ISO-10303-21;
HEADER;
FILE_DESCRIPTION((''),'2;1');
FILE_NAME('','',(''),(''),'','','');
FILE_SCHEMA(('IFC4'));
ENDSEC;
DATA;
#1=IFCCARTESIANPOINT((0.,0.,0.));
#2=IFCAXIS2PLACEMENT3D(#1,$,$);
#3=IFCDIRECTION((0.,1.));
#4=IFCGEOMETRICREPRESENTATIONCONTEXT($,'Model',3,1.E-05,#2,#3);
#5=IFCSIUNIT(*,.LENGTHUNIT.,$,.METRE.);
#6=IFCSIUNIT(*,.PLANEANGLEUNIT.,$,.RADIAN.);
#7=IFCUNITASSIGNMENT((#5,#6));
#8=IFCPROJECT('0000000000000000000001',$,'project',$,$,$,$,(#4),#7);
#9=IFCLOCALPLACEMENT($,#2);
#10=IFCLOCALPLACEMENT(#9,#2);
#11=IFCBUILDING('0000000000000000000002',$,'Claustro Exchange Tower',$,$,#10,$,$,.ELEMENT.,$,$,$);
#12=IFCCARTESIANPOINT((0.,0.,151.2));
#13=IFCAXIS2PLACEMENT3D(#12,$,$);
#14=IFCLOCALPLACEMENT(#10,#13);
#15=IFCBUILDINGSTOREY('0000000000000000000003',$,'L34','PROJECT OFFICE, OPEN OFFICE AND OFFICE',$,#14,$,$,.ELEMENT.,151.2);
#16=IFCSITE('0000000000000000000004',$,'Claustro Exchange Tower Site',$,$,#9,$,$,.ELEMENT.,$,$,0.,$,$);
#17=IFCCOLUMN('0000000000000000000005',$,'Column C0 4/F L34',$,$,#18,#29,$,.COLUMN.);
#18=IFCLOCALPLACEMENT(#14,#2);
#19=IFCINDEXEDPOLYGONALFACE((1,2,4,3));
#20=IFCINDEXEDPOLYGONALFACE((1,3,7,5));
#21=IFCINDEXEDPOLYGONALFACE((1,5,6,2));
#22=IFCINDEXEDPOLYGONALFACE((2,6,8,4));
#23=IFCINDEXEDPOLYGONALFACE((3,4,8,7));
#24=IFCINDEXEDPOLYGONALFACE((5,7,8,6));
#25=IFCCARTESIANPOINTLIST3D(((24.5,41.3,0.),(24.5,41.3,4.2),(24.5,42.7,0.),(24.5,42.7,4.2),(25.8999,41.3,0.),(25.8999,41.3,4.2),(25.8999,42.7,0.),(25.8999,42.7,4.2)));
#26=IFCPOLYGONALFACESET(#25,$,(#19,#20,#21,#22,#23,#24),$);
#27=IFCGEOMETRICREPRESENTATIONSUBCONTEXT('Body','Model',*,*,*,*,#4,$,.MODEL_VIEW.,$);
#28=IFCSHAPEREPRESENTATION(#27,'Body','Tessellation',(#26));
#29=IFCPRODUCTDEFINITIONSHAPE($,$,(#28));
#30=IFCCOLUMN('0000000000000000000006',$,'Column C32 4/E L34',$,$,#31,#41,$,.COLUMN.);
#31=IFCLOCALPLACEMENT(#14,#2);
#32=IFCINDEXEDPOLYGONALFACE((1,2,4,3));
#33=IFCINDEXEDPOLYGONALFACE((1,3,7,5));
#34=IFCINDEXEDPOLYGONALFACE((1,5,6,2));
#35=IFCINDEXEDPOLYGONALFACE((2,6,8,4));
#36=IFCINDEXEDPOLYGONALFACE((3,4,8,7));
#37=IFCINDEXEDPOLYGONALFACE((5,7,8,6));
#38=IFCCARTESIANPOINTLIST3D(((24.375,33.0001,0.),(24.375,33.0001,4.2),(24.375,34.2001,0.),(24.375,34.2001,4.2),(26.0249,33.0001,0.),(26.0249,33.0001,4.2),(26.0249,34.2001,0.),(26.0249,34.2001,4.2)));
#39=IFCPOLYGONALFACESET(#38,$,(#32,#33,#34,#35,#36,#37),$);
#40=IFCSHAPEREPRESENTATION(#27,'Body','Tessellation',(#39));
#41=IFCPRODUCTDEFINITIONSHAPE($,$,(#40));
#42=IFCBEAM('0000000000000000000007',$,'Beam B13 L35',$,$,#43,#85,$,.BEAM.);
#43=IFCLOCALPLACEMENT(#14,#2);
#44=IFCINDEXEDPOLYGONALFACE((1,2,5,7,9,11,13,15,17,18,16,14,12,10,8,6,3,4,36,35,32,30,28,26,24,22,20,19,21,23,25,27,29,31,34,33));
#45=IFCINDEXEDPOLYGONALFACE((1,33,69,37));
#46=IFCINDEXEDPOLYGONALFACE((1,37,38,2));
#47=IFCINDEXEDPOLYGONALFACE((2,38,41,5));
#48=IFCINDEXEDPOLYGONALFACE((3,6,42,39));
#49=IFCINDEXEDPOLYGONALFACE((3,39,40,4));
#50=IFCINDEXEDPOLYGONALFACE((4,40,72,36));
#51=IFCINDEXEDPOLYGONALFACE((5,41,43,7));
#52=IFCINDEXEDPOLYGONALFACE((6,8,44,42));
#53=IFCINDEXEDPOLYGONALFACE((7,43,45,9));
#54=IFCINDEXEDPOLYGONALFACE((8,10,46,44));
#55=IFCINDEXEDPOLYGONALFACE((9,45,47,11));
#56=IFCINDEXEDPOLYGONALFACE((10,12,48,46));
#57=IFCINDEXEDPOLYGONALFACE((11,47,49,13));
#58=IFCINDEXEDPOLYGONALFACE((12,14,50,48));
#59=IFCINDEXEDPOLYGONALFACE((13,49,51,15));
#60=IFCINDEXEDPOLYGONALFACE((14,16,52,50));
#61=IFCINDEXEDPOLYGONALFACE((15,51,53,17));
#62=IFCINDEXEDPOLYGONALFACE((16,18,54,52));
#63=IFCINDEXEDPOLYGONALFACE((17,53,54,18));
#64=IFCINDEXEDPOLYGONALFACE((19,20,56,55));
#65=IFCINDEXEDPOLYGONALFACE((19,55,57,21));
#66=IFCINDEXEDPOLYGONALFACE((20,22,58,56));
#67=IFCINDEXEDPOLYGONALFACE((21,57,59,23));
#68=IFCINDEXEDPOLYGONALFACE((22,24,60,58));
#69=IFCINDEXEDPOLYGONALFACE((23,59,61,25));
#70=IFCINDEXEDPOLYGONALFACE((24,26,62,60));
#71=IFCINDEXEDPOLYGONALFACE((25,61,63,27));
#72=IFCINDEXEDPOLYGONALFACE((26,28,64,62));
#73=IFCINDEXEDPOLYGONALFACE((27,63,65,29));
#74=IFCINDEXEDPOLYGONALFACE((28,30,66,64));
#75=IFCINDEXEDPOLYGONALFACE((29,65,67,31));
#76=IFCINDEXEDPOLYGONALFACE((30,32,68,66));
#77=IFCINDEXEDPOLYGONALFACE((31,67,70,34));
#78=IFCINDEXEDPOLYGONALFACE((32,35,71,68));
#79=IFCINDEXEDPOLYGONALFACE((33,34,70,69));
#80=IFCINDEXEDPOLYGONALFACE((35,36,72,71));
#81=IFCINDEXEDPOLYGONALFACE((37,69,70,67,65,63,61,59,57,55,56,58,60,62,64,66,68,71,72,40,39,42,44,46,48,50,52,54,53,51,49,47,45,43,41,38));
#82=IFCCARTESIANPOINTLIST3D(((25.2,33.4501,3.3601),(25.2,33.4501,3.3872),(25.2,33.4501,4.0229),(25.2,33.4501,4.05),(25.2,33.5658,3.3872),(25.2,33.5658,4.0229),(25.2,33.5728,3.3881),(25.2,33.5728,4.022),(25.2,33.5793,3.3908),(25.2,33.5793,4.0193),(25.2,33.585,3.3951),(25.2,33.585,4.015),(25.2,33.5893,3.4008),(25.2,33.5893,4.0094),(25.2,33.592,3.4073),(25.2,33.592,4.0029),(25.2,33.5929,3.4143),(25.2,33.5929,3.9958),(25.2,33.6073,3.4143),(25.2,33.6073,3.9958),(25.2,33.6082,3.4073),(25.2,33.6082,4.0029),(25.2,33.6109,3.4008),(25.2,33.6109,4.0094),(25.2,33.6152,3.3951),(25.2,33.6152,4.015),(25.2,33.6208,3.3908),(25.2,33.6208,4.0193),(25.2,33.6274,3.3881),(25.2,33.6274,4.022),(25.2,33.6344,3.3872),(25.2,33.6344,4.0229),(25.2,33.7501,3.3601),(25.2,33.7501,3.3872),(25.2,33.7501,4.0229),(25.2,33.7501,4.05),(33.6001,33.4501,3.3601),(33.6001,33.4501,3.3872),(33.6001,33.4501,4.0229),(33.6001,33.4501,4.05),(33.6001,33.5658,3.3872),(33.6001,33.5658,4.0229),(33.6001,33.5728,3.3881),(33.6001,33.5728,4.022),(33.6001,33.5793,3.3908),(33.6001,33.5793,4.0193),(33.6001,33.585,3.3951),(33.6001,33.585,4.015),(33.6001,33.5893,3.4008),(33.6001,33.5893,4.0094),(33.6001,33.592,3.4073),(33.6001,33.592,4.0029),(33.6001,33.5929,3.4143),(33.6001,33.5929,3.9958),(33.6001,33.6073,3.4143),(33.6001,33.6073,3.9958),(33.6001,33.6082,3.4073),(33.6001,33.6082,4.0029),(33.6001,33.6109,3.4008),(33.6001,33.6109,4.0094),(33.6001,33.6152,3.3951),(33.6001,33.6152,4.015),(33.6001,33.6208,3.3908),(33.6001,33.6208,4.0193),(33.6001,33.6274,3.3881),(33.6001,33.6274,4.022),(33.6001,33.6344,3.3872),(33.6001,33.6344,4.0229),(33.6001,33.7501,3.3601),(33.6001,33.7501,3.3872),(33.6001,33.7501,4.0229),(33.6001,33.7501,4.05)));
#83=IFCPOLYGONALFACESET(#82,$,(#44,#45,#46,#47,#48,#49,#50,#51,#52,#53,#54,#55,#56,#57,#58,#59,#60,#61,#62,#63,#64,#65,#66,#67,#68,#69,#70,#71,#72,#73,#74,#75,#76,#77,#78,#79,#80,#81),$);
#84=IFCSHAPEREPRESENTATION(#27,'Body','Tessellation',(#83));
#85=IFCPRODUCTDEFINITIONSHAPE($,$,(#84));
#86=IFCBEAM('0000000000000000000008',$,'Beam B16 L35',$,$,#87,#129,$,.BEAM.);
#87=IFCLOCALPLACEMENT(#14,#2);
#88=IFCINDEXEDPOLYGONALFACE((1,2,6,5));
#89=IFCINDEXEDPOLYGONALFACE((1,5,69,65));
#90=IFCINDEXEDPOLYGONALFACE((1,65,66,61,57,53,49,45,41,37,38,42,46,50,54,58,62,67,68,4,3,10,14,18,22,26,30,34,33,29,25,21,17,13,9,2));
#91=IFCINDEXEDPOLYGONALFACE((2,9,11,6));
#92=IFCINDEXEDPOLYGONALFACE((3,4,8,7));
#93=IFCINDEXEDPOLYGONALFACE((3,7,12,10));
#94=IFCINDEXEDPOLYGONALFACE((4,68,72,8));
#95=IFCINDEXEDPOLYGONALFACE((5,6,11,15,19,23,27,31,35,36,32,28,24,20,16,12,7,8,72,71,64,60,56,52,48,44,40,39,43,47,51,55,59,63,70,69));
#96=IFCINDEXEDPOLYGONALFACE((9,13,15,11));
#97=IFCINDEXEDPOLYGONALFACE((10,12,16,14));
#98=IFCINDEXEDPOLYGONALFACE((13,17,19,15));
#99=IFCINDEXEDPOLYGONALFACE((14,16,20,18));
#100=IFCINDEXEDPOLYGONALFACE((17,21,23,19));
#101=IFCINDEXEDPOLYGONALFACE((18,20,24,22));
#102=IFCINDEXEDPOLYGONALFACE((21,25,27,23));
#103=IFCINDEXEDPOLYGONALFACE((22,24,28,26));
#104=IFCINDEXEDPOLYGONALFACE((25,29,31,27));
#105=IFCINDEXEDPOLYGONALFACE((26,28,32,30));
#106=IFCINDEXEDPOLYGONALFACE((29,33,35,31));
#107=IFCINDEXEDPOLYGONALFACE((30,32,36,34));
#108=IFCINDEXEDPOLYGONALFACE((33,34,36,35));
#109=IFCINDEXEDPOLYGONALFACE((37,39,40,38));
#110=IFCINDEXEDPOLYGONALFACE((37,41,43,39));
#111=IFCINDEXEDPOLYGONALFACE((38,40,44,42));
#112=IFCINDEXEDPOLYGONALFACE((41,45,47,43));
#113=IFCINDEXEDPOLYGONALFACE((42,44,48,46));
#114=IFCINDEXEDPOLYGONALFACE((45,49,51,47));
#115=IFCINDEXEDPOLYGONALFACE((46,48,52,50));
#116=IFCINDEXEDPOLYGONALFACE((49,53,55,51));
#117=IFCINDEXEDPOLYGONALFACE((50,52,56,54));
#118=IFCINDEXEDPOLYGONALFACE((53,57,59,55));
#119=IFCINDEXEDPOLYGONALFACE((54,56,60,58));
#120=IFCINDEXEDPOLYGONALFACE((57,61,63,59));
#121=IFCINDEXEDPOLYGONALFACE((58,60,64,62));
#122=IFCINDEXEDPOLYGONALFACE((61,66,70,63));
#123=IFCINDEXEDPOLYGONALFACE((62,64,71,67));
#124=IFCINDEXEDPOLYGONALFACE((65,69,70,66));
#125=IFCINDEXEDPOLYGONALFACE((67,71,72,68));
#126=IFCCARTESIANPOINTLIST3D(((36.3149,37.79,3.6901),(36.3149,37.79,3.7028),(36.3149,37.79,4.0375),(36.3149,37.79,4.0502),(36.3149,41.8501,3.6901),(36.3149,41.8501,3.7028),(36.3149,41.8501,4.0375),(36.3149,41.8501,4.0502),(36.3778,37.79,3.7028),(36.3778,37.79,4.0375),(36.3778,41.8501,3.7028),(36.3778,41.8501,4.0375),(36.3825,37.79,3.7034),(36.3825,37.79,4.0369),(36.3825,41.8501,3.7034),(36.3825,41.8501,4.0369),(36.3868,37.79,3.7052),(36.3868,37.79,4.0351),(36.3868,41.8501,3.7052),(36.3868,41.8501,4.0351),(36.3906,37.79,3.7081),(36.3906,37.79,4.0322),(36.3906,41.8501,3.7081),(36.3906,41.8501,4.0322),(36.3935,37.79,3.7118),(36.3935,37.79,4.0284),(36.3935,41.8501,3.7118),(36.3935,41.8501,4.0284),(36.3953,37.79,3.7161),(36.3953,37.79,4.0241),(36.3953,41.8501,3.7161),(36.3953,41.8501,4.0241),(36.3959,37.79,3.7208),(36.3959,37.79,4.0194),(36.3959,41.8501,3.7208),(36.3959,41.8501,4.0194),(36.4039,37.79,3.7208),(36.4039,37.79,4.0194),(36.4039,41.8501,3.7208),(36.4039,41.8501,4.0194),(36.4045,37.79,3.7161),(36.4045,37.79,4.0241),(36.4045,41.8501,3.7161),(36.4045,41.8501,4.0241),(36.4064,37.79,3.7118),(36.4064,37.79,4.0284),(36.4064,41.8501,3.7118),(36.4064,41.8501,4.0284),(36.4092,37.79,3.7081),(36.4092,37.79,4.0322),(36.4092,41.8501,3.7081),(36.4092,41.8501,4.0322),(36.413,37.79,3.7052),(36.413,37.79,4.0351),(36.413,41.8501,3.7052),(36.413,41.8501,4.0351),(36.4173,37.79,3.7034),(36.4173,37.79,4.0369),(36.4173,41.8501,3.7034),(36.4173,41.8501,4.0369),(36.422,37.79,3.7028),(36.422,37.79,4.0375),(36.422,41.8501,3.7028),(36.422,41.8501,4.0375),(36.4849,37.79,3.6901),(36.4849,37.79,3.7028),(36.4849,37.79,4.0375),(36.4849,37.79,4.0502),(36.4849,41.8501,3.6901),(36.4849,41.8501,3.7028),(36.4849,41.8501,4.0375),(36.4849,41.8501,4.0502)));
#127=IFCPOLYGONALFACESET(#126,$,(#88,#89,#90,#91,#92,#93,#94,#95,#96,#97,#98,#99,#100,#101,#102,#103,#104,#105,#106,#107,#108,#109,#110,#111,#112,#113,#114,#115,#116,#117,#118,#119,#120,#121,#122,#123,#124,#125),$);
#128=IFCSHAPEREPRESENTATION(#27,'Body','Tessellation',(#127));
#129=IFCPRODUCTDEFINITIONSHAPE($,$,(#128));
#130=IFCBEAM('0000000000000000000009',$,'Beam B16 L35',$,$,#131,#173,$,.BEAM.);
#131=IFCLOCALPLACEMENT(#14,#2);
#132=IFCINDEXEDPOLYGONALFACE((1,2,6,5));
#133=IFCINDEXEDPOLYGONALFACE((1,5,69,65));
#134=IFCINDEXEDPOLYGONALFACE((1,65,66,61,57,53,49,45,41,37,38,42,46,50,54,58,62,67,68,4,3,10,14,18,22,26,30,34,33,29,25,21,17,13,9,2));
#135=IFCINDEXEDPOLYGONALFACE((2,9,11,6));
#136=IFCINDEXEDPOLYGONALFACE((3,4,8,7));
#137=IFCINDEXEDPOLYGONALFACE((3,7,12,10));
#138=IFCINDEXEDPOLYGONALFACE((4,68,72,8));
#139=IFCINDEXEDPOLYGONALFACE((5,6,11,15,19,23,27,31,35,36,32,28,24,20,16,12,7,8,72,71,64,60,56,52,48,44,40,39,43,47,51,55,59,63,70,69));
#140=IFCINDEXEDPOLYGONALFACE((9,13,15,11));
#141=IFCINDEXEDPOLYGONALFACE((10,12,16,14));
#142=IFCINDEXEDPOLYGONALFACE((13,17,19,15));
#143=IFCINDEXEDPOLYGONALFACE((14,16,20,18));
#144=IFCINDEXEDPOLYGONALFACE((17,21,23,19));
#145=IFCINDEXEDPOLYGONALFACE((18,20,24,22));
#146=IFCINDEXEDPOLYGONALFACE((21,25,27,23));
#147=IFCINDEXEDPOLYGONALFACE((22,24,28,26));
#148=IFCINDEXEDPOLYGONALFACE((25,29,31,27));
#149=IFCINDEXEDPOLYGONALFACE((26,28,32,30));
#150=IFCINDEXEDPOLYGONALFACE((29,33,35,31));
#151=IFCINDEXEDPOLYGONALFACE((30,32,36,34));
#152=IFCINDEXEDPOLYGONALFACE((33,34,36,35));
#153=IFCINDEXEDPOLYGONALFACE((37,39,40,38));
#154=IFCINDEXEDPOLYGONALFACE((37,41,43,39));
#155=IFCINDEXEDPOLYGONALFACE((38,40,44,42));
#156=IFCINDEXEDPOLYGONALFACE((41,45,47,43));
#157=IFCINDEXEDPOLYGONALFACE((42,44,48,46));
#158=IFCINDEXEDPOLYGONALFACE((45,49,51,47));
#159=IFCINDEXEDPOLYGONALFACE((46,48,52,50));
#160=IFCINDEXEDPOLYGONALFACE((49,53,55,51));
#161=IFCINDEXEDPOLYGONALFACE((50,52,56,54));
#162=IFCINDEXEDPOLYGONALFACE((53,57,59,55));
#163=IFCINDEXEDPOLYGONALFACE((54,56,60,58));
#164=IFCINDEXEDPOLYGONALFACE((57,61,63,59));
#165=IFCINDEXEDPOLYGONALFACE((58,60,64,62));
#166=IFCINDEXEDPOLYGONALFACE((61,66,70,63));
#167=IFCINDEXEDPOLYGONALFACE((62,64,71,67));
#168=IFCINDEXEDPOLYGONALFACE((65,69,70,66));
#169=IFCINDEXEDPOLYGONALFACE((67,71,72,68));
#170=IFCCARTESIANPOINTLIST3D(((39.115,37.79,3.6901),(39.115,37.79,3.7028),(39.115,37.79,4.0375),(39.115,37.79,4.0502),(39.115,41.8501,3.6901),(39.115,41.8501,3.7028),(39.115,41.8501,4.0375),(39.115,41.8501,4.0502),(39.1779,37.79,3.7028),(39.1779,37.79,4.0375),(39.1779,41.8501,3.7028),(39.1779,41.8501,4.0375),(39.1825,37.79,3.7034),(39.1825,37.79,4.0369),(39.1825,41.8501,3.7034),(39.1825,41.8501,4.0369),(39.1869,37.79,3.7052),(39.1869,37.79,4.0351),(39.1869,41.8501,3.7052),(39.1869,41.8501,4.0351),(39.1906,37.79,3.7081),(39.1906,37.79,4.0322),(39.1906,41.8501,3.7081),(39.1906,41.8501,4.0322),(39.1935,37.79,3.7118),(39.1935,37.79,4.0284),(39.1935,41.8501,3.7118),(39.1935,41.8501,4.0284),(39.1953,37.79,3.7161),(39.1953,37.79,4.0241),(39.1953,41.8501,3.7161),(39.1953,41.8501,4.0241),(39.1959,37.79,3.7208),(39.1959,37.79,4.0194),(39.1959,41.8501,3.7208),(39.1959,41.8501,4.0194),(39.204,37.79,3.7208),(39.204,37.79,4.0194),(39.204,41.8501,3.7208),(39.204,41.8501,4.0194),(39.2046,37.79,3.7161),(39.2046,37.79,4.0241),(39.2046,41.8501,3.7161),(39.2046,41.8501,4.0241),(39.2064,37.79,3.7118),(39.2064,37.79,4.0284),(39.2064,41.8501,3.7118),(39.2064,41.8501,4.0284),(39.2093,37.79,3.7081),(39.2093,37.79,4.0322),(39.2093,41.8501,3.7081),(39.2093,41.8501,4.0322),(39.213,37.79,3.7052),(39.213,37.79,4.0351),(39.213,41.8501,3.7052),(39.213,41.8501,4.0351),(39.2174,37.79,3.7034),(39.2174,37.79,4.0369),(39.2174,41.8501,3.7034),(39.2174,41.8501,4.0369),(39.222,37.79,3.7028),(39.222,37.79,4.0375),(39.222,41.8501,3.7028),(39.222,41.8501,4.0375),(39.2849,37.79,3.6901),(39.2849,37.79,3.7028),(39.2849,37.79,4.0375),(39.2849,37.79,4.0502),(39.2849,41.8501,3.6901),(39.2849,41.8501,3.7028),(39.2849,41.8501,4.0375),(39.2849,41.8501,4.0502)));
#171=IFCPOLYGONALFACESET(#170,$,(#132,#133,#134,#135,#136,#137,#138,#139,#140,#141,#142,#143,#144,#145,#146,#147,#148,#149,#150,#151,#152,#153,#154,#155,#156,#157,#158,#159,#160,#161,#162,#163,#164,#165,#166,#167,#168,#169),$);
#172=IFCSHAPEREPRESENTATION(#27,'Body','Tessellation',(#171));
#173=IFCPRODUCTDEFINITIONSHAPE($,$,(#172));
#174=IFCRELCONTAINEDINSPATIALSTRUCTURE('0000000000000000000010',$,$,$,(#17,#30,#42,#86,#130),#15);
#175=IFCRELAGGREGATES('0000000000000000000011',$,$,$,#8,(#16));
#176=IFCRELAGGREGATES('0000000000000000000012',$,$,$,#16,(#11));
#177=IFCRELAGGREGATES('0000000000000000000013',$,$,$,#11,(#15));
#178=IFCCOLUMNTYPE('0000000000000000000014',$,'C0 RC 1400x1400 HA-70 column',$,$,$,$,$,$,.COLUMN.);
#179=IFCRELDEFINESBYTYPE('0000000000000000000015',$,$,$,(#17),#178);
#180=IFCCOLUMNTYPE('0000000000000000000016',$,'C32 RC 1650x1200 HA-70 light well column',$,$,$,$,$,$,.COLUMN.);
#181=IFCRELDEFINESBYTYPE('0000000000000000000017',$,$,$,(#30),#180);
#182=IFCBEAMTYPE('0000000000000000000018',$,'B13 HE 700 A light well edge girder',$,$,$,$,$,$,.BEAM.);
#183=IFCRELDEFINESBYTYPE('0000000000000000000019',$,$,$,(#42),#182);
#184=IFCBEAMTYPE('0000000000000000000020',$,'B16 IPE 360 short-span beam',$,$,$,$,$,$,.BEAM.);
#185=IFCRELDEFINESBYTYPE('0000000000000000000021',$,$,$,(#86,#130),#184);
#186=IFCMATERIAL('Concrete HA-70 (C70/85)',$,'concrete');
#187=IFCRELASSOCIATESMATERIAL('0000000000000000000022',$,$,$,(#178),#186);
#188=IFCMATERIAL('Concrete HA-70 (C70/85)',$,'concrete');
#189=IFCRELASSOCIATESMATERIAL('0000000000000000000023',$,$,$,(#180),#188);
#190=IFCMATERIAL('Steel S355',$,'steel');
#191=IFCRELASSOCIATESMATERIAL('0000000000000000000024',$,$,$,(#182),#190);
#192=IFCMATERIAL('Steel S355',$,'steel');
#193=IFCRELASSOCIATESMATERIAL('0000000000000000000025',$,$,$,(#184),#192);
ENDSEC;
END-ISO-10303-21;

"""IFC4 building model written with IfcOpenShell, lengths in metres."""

from ifc_helpers import new_model, si_unit, direction, frame, origin, origin_2d, place, context, subcontext, project, spatial, rectangle, i_section, extrude, material, material_profile, profile_set, type_object, element, save


model = new_model("IFC4")

# Units and contexts
model_context = context("Model", 3, precision=1e-05, world=origin(), true_north=direction((0.0, 1.0)))
body_context = subcontext(model_context, "Body", "Model", "MODEL_VIEW")
ifc_project = project(units=[si_unit("LENGTHUNIT", "METRE"), si_unit("PLANEANGLEUNIT", "RADIAN")], contexts=[model_context])

# Site, building, storey
site_placement = place(None, origin())
site = spatial("IfcSite", under=ifc_project, at=site_placement, Name="Claustro Exchange Tower Site", CompositionType="ELEMENT", RefElevation=0.0)
building_placement = place(site_placement, origin())
building = spatial("IfcBuilding", under=site, at=building_placement, Name="Claustro Exchange Tower", CompositionType="ELEMENT")
storey_placement = place(building_placement, frame((0.0, 0.0, 151.2)))
storey = spatial("IfcBuildingStorey", under=building, at=storey_placement, Name="L34", Description="PROJECT OFFICE, OPEN OFFICE AND OFFICE", CompositionType="ELEMENT", Elevation=151.2)

# Columns
ifc_material_1 = material(Name="Concrete HA-70 (C70/85)", Category="concrete")
ifc_material_profile_1 = material_profile(ifc_material_1, rectangle(XDim=1.3999, YDim=1.3999, at=origin_2d()), Name="RC 1400x1400")
ifc_profile_set_1 = profile_set([ifc_material_profile_1], Name="Concrete HA-70 (C70/85)")
column_type_1 = type_object("IfcColumnType", Name="C0 RC 1400x1400 HA-70 column", PredefinedType="COLUMN", material=ifc_profile_set_1)
column_1_placement = place(storey_placement, frame((25.2, 42.0, 0.0), z_axis=(0.0, 0.0, 1.0), x_axis=(1.0, 0.0, 0.0)))
element("IfcColumn", 1, at=column_1_placement, inside=storey, type_object=column_type_1, Name="Column C0 4/F L34", PredefinedType="COLUMN", context=body_context, shape_type="SweptSolid", body=[
    extrude(rectangle(XDim=1.3999, YDim=1.3999, at=origin_2d()), origin(), (0.0, 0.0, 1.0), 4.2),
])
ifc_material_2 = material(Name="Concrete HA-70 (C70/85)", Category="concrete")
ifc_material_profile_2 = material_profile(ifc_material_2, rectangle(XDim=1.6499, YDim=1.2, at=origin_2d()), Name="RC 1650x1200")
ifc_profile_set_2 = profile_set([ifc_material_profile_2], Name="Concrete HA-70 (C70/85)")
column_type_2 = type_object("IfcColumnType", Name="C32 RC 1650x1200 HA-70 light well column", PredefinedType="COLUMN", material=ifc_profile_set_2)
column_2_placement = place(storey_placement, frame((25.2, 33.6001, 0.0), z_axis=(0.0, 0.0, 1.0), x_axis=(1.0, 0.0, 0.0)))
element("IfcColumn", 2, at=column_2_placement, inside=storey, type_object=column_type_2, Name="Column C32 4/E L34", PredefinedType="COLUMN", context=body_context, shape_type="SweptSolid", body=[
    extrude(rectangle(XDim=1.6499, YDim=1.2, at=origin_2d()), origin(), (0.0, 0.0, 1.0), 4.2),
])

# Beams
ifc_material_3 = material(Name="Steel S355", Category="steel")
ifc_material_profile_3 = material_profile(ifc_material_3, i_section(OverallWidth=0.3, OverallDepth=0.6899, WebThickness=0.0144, FlangeThickness=0.0271, FilletRadius=0.0271, at=origin_2d()), Name="HE 700 A")
ifc_profile_set_3 = profile_set([ifc_material_profile_3], Name="Steel S355")
beam_type_1 = type_object("IfcBeamType", Name="B13 HE 700 A light well edge girder", PredefinedType="BEAM", material=ifc_profile_set_3)
beam_1_placement = place(storey_placement, frame((25.2, 33.6001, 3.7051), z_axis=(1.0, 0.0, 0.0), x_axis=(0.0, 1.0, 0.0)))
element("IfcBeam", 3, at=beam_1_placement, inside=storey, type_object=beam_type_1, Name="Beam B13 L35", PredefinedType="BEAM", context=body_context, shape_type="SweptSolid", body=[
    extrude(i_section(OverallWidth=0.3, OverallDepth=0.6899, WebThickness=0.0144, FlangeThickness=0.0271, FilletRadius=0.0271, at=origin_2d()), origin(), (0.0, 0.0, 1.0), 8.4001),
])
ifc_material_4 = material(Name="Steel S355", Category="steel")
ifc_material_profile_4 = material_profile(ifc_material_4, i_section(OverallWidth=0.1699, OverallDepth=0.3601, WebThickness=0.0081, FlangeThickness=0.0127, FilletRadius=0.0181, at=origin_2d()), Name="IPE 360")
ifc_profile_set_4 = profile_set([ifc_material_profile_4], Name="Steel S355")
beam_type_2 = type_object("IfcBeamType", Name="B16 IPE 360 short-span beam", PredefinedType="BEAM", material=ifc_profile_set_4)
for number, where, z_axis, x_axis, name in (
    (4, (36.3999, 37.79, 3.8701), (0.0, 1.0, 0.0), (-1.0, 0.0, 0.0), "Beam B16 L35"),
    (5, (39.2, 37.79, 3.8701), (0.0, 1.0, 0.0), (-1.0, 0.0, 0.0), "Beam B16 L35"),
):
    element("IfcBeam", number, at=place(storey_placement, frame(where, z_axis=z_axis, x_axis=x_axis)), inside=storey, type_object=beam_type_2, Name=name, PredefinedType="BEAM", context=body_context, shape_type="SweptSolid", body=[
        extrude(i_section(OverallWidth=0.1699, OverallDepth=0.3601, WebThickness=0.0081, FlangeThickness=0.0127, FilletRadius=0.0181, at=origin_2d()), origin(), (0.0, 0.0, 1.0), 4.0601),
    ])

save(model, "model.ifc")
